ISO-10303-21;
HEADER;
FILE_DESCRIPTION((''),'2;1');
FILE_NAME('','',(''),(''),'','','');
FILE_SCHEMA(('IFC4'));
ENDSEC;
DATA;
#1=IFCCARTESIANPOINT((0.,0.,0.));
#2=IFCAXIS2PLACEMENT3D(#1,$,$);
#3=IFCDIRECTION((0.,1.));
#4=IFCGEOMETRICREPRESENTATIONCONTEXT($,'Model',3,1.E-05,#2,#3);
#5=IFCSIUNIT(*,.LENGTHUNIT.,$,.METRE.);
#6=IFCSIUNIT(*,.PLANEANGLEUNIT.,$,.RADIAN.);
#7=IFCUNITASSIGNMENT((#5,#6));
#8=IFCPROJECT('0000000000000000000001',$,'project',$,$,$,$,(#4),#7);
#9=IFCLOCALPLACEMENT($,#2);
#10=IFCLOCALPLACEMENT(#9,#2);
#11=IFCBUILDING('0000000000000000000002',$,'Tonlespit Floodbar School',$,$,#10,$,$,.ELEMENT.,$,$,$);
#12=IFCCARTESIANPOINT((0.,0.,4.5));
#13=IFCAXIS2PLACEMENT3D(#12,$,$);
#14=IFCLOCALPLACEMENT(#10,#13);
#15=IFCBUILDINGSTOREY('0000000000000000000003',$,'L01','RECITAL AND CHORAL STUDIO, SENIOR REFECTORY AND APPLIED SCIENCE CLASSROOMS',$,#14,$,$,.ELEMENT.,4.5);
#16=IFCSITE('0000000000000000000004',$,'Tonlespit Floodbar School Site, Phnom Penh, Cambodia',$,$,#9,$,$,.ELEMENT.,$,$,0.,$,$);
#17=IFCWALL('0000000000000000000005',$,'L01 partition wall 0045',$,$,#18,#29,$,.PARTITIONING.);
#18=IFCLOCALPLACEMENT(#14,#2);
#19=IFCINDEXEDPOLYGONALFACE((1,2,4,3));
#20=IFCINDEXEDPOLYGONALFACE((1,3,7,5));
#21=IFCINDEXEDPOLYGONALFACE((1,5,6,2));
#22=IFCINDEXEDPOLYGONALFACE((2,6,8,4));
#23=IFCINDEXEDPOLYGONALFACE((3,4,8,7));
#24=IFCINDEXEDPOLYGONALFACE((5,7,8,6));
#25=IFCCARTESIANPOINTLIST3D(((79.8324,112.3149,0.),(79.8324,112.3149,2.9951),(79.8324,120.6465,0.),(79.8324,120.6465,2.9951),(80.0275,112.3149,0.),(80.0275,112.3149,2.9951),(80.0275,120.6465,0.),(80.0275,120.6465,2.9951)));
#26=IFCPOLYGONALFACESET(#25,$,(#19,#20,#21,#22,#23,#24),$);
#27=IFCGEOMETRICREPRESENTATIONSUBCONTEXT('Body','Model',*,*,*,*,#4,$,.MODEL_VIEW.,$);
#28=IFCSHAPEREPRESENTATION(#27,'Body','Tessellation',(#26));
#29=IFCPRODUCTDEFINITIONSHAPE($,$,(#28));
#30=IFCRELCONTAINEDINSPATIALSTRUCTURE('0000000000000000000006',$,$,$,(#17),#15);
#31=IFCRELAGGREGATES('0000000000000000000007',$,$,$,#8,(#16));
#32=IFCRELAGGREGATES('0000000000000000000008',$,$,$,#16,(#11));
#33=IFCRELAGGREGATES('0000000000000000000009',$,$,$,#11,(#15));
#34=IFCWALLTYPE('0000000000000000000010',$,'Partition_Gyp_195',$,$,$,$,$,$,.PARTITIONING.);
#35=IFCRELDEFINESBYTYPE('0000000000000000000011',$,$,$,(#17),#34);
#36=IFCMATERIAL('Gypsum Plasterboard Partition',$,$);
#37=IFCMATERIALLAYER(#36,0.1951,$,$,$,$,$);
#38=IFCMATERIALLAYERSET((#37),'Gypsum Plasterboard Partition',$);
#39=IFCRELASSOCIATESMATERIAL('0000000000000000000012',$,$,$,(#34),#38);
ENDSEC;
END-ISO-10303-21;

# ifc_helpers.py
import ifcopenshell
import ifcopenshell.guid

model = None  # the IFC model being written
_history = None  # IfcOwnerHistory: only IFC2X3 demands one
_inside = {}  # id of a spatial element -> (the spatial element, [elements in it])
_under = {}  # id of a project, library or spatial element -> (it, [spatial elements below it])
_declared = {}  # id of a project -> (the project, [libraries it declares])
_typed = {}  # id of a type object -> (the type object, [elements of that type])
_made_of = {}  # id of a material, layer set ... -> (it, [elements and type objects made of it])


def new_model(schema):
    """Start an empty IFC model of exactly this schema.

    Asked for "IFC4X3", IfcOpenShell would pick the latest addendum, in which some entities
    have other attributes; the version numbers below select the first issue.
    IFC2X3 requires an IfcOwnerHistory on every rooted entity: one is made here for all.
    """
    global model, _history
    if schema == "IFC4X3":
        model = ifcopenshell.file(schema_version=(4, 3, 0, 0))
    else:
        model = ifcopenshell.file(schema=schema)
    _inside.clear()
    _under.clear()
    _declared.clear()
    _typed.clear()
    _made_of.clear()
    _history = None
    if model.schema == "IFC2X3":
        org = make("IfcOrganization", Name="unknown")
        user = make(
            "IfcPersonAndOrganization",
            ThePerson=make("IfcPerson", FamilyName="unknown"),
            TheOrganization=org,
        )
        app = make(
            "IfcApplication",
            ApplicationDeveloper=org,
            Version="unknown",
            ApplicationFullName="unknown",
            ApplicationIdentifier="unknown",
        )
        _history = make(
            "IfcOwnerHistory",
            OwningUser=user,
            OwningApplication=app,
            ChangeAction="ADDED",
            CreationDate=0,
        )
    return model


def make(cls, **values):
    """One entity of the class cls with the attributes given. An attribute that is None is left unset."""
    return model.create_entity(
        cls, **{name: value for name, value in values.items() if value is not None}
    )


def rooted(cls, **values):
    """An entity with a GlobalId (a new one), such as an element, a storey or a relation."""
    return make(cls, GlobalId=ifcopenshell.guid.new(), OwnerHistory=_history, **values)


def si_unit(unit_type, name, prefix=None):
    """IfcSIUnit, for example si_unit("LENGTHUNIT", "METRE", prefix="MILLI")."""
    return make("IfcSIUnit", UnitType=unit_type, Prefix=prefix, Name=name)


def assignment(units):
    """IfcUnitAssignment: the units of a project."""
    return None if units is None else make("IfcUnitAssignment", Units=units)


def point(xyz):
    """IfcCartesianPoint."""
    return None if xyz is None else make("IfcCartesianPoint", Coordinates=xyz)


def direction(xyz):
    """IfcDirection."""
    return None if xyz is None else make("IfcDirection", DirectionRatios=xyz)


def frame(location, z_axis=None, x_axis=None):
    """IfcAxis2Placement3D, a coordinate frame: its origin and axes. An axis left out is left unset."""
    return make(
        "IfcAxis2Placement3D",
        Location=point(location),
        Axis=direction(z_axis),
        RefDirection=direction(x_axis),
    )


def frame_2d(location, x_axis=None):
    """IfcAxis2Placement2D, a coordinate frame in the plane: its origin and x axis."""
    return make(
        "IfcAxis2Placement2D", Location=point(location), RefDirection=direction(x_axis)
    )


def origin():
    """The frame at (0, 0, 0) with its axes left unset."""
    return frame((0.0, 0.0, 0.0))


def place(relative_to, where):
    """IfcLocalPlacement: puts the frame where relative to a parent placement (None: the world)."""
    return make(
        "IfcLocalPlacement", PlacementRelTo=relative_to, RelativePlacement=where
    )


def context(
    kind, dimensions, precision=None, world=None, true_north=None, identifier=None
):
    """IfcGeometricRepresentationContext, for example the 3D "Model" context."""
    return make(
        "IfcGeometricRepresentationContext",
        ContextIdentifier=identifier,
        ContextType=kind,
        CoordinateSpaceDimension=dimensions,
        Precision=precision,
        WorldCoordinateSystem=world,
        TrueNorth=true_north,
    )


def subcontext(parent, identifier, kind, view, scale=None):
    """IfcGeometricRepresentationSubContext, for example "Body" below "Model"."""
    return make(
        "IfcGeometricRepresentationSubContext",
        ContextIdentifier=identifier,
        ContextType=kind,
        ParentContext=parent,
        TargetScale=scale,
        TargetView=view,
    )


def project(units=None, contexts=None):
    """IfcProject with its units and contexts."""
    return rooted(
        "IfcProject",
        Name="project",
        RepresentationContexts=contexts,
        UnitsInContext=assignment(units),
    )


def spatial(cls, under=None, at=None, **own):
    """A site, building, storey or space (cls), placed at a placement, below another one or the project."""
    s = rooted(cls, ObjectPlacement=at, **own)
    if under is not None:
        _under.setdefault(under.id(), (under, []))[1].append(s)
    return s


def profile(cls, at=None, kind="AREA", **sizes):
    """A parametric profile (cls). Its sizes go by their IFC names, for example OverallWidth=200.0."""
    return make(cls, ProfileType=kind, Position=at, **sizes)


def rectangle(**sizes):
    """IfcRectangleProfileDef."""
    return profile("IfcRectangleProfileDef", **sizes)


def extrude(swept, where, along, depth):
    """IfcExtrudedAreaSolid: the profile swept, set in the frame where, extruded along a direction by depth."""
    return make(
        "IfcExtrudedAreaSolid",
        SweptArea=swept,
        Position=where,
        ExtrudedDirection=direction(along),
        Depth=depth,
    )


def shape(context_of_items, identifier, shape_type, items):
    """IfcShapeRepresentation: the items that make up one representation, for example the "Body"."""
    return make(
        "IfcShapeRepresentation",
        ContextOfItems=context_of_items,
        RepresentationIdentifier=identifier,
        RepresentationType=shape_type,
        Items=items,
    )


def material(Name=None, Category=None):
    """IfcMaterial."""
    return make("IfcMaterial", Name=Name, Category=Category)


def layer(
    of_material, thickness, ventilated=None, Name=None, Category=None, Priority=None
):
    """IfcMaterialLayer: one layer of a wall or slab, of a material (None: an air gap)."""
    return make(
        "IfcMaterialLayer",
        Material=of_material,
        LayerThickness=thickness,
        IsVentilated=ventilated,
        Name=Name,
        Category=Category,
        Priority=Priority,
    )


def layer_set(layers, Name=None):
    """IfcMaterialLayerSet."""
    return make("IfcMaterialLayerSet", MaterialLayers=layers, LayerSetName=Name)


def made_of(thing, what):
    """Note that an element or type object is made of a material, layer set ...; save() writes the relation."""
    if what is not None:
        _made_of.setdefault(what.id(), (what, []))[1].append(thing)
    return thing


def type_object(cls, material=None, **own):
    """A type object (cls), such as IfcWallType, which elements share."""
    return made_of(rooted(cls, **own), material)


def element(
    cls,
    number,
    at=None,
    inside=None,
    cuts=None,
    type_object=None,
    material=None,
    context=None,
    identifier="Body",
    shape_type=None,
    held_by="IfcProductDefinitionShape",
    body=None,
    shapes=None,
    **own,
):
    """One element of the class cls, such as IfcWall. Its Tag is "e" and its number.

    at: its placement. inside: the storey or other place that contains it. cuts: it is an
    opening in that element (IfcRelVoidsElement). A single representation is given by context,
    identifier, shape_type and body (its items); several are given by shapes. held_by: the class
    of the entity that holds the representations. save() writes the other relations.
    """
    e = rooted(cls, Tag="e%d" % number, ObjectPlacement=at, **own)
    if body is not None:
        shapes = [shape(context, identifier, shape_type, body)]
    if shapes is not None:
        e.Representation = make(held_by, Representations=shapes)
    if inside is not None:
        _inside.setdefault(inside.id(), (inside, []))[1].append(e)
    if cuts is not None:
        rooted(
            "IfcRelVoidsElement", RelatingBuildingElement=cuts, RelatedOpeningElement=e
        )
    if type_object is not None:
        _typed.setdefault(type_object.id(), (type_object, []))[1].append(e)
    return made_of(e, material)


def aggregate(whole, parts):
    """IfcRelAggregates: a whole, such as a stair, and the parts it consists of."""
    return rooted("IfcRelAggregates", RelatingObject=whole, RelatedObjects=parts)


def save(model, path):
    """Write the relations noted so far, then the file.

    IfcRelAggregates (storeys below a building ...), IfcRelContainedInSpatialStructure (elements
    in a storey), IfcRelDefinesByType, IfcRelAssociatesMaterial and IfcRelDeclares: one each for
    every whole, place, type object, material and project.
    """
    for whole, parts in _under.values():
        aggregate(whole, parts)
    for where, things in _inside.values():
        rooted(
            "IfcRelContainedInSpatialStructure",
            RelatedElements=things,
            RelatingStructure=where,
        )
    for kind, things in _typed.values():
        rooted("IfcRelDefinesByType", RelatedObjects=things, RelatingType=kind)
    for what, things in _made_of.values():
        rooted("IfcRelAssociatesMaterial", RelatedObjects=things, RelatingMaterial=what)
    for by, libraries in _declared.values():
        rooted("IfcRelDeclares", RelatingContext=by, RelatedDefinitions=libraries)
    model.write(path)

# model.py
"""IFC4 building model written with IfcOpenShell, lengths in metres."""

from ifc_helpers import new_model, si_unit, direction, frame, frame_2d, origin, place, context, subcontext, project, spatial, rectangle, extrude, material, layer, layer_set, type_object, element, save


model = new_model("IFC4")

# Units and contexts
model_context = context("Model", 3, precision=1e-05, world=origin(), true_north=direction((0.0, 1.0)))
body_context = subcontext(model_context, "Body", "Model", "MODEL_VIEW")
ifc_project = project(units=[si_unit("LENGTHUNIT", "METRE"), si_unit("PLANEANGLEUNIT", "RADIAN")], contexts=[model_context])

# Site, building, storey
site_placement = place(None, origin())
site = spatial("IfcSite", under=ifc_project, at=site_placement, Name="Tonlespit Floodbar School Site, Phnom Penh, Cambodia", CompositionType="ELEMENT", RefElevation=0.0)
building_placement = place(site_placement, origin())
building = spatial("IfcBuilding", under=site, at=building_placement, Name="Tonlespit Floodbar School", CompositionType="ELEMENT")
storey_placement = place(building_placement, frame((0.0, 0.0, 4.5)))
storey = spatial("IfcBuildingStorey", under=building, at=storey_placement, Name="L01", Description="RECITAL AND CHORAL STUDIO, SENIOR REFECTORY AND APPLIED SCIENCE CLASSROOMS", CompositionType="ELEMENT", Elevation=4.5)

# Shared definitions
ifc_material_1 = material(Name="Gypsum Plasterboard Partition")

# Shared definitions
ifc_layer_1 = layer(ifc_material_1, 0.1951)
ifc_layer_set_1 = layer_set([ifc_layer_1], Name="Gypsum Plasterboard Partition")
wall_type_1 = type_object("IfcWallType", Name="Partition_Gyp_195", PredefinedType="PARTITIONING", material=ifc_layer_set_1)

# Wall
wall_1_placement = place(storey_placement, frame((79.9299, 112.3149, 0.0), z_axis=(0.0, 0.0, 1.0), x_axis=(0.0, 1.0, 0.0)))
element("IfcWall", 1, at=wall_1_placement, inside=storey, type_object=wall_type_1, Name="L01 partition wall 0045", PredefinedType="PARTITIONING", context=body_context, shape_type="SweptSolid", body=[
    extrude(rectangle(XDim=8.3315, YDim=0.1951, at=frame_2d((4.1658, 0.0))), origin(), (0.0, 0.0, 1.0), 2.9951),
])

save(model, "model.ifc")
